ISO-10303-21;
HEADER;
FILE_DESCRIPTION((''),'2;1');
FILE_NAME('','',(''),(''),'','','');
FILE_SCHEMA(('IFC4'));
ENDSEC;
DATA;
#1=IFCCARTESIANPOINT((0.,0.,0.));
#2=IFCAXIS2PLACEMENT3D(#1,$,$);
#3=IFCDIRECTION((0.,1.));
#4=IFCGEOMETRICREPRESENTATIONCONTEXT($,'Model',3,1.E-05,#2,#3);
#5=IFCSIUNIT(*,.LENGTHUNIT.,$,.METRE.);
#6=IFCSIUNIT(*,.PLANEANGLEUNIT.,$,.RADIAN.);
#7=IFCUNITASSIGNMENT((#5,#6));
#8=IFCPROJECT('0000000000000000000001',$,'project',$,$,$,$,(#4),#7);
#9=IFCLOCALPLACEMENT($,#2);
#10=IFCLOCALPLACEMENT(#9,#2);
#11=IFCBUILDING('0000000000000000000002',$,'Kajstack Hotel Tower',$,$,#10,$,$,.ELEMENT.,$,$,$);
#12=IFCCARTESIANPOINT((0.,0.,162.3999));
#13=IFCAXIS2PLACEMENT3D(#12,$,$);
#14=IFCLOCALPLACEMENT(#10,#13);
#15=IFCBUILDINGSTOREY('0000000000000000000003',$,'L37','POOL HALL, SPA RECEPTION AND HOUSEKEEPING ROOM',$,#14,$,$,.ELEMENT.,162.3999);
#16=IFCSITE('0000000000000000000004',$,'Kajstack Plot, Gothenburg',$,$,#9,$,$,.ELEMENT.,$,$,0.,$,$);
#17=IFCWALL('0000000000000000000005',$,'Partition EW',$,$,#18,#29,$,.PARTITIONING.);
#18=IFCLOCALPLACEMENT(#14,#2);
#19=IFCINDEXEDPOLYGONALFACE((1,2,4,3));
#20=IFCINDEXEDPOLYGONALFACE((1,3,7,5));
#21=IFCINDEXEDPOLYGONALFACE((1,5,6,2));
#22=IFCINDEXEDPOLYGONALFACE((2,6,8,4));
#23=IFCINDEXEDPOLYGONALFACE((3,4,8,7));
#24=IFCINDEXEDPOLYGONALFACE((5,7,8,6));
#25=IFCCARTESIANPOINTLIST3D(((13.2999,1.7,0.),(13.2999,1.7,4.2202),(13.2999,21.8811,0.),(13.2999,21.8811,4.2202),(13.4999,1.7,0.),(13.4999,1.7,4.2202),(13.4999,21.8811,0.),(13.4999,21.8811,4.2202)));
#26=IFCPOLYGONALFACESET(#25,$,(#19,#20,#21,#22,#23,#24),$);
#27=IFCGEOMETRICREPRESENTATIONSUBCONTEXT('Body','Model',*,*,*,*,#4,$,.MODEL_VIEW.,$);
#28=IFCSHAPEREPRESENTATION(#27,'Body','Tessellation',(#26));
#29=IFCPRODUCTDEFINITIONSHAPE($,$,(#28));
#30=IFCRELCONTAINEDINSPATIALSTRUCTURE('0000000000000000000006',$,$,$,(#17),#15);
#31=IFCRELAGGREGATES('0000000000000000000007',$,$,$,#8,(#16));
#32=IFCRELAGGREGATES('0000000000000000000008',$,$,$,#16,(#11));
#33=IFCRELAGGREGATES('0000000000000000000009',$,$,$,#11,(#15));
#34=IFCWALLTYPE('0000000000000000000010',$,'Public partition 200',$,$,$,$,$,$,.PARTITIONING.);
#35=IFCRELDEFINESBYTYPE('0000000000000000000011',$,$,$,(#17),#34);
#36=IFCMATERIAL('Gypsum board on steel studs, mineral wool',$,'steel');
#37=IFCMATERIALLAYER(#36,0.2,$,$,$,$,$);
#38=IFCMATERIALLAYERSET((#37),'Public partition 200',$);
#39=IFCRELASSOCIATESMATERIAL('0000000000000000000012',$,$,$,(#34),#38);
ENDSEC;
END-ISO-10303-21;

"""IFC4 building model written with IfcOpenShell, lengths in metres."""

from ifc_helpers import new_model, si_unit, direction, frame, frame_2d, origin, place, context, subcontext, project, spatial, rectangle, extrude, material, layer, layer_set, type_object, element, save


model = new_model("IFC4")

# Units and contexts
model_context = context("Model", 3, precision=1e-05, world=origin(), true_north=direction((0.0, 1.0)))
body_context = subcontext(model_context, "Body", "Model", "MODEL_VIEW")
ifc_project = project(units=[si_unit("LENGTHUNIT", "METRE"), si_unit("PLANEANGLEUNIT", "RADIAN")], contexts=[model_context])

# Site, building, storey
site_placement = place(None, origin())
site = spatial("IfcSite", under=ifc_project, at=site_placement, Name="Kajstack Plot, Gothenburg", CompositionType="ELEMENT", RefElevation=0.0)
building_placement = place(site_placement, origin())
building = spatial("IfcBuilding", under=site, at=building_placement, Name="Kajstack Hotel Tower", CompositionType="ELEMENT")
storey_placement = place(building_placement, frame((0.0, 0.0, 162.3999)))
storey = spatial("IfcBuildingStorey", under=building, at=storey_placement, Name="L37", Description="POOL HALL, SPA RECEPTION AND HOUSEKEEPING ROOM", CompositionType="ELEMENT", Elevation=162.3999)

# Wall
ifc_material_1 = material(Name="Gypsum board on steel studs, mineral wool", Category="steel")
ifc_layer_1 = layer(ifc_material_1, 0.2)
ifc_layer_set_1 = layer_set([ifc_layer_1], Name="Public partition 200")
wall_type = type_object("IfcWallType", Name="Public partition 200", PredefinedType="PARTITIONING", material=ifc_layer_set_1)
wall_placement = place(storey_placement, frame((13.3999, 1.7, 0.0), z_axis=(0.0, 0.0, 1.0), x_axis=(0.0, 1.0, 0.0)))
element("IfcWall", 1, at=wall_placement, inside=storey, type_object=wall_type, Name="Partition EW", PredefinedType="PARTITIONING", context=body_context, shape_type="SweptSolid", body=[
    extrude(rectangle(XDim=20.1812, YDim=0.2, at=frame_2d((10.0906, 0.0))), origin(), (0.0, 0.0, 1.0), 4.2202),
])

save(model, "model.ifc")
